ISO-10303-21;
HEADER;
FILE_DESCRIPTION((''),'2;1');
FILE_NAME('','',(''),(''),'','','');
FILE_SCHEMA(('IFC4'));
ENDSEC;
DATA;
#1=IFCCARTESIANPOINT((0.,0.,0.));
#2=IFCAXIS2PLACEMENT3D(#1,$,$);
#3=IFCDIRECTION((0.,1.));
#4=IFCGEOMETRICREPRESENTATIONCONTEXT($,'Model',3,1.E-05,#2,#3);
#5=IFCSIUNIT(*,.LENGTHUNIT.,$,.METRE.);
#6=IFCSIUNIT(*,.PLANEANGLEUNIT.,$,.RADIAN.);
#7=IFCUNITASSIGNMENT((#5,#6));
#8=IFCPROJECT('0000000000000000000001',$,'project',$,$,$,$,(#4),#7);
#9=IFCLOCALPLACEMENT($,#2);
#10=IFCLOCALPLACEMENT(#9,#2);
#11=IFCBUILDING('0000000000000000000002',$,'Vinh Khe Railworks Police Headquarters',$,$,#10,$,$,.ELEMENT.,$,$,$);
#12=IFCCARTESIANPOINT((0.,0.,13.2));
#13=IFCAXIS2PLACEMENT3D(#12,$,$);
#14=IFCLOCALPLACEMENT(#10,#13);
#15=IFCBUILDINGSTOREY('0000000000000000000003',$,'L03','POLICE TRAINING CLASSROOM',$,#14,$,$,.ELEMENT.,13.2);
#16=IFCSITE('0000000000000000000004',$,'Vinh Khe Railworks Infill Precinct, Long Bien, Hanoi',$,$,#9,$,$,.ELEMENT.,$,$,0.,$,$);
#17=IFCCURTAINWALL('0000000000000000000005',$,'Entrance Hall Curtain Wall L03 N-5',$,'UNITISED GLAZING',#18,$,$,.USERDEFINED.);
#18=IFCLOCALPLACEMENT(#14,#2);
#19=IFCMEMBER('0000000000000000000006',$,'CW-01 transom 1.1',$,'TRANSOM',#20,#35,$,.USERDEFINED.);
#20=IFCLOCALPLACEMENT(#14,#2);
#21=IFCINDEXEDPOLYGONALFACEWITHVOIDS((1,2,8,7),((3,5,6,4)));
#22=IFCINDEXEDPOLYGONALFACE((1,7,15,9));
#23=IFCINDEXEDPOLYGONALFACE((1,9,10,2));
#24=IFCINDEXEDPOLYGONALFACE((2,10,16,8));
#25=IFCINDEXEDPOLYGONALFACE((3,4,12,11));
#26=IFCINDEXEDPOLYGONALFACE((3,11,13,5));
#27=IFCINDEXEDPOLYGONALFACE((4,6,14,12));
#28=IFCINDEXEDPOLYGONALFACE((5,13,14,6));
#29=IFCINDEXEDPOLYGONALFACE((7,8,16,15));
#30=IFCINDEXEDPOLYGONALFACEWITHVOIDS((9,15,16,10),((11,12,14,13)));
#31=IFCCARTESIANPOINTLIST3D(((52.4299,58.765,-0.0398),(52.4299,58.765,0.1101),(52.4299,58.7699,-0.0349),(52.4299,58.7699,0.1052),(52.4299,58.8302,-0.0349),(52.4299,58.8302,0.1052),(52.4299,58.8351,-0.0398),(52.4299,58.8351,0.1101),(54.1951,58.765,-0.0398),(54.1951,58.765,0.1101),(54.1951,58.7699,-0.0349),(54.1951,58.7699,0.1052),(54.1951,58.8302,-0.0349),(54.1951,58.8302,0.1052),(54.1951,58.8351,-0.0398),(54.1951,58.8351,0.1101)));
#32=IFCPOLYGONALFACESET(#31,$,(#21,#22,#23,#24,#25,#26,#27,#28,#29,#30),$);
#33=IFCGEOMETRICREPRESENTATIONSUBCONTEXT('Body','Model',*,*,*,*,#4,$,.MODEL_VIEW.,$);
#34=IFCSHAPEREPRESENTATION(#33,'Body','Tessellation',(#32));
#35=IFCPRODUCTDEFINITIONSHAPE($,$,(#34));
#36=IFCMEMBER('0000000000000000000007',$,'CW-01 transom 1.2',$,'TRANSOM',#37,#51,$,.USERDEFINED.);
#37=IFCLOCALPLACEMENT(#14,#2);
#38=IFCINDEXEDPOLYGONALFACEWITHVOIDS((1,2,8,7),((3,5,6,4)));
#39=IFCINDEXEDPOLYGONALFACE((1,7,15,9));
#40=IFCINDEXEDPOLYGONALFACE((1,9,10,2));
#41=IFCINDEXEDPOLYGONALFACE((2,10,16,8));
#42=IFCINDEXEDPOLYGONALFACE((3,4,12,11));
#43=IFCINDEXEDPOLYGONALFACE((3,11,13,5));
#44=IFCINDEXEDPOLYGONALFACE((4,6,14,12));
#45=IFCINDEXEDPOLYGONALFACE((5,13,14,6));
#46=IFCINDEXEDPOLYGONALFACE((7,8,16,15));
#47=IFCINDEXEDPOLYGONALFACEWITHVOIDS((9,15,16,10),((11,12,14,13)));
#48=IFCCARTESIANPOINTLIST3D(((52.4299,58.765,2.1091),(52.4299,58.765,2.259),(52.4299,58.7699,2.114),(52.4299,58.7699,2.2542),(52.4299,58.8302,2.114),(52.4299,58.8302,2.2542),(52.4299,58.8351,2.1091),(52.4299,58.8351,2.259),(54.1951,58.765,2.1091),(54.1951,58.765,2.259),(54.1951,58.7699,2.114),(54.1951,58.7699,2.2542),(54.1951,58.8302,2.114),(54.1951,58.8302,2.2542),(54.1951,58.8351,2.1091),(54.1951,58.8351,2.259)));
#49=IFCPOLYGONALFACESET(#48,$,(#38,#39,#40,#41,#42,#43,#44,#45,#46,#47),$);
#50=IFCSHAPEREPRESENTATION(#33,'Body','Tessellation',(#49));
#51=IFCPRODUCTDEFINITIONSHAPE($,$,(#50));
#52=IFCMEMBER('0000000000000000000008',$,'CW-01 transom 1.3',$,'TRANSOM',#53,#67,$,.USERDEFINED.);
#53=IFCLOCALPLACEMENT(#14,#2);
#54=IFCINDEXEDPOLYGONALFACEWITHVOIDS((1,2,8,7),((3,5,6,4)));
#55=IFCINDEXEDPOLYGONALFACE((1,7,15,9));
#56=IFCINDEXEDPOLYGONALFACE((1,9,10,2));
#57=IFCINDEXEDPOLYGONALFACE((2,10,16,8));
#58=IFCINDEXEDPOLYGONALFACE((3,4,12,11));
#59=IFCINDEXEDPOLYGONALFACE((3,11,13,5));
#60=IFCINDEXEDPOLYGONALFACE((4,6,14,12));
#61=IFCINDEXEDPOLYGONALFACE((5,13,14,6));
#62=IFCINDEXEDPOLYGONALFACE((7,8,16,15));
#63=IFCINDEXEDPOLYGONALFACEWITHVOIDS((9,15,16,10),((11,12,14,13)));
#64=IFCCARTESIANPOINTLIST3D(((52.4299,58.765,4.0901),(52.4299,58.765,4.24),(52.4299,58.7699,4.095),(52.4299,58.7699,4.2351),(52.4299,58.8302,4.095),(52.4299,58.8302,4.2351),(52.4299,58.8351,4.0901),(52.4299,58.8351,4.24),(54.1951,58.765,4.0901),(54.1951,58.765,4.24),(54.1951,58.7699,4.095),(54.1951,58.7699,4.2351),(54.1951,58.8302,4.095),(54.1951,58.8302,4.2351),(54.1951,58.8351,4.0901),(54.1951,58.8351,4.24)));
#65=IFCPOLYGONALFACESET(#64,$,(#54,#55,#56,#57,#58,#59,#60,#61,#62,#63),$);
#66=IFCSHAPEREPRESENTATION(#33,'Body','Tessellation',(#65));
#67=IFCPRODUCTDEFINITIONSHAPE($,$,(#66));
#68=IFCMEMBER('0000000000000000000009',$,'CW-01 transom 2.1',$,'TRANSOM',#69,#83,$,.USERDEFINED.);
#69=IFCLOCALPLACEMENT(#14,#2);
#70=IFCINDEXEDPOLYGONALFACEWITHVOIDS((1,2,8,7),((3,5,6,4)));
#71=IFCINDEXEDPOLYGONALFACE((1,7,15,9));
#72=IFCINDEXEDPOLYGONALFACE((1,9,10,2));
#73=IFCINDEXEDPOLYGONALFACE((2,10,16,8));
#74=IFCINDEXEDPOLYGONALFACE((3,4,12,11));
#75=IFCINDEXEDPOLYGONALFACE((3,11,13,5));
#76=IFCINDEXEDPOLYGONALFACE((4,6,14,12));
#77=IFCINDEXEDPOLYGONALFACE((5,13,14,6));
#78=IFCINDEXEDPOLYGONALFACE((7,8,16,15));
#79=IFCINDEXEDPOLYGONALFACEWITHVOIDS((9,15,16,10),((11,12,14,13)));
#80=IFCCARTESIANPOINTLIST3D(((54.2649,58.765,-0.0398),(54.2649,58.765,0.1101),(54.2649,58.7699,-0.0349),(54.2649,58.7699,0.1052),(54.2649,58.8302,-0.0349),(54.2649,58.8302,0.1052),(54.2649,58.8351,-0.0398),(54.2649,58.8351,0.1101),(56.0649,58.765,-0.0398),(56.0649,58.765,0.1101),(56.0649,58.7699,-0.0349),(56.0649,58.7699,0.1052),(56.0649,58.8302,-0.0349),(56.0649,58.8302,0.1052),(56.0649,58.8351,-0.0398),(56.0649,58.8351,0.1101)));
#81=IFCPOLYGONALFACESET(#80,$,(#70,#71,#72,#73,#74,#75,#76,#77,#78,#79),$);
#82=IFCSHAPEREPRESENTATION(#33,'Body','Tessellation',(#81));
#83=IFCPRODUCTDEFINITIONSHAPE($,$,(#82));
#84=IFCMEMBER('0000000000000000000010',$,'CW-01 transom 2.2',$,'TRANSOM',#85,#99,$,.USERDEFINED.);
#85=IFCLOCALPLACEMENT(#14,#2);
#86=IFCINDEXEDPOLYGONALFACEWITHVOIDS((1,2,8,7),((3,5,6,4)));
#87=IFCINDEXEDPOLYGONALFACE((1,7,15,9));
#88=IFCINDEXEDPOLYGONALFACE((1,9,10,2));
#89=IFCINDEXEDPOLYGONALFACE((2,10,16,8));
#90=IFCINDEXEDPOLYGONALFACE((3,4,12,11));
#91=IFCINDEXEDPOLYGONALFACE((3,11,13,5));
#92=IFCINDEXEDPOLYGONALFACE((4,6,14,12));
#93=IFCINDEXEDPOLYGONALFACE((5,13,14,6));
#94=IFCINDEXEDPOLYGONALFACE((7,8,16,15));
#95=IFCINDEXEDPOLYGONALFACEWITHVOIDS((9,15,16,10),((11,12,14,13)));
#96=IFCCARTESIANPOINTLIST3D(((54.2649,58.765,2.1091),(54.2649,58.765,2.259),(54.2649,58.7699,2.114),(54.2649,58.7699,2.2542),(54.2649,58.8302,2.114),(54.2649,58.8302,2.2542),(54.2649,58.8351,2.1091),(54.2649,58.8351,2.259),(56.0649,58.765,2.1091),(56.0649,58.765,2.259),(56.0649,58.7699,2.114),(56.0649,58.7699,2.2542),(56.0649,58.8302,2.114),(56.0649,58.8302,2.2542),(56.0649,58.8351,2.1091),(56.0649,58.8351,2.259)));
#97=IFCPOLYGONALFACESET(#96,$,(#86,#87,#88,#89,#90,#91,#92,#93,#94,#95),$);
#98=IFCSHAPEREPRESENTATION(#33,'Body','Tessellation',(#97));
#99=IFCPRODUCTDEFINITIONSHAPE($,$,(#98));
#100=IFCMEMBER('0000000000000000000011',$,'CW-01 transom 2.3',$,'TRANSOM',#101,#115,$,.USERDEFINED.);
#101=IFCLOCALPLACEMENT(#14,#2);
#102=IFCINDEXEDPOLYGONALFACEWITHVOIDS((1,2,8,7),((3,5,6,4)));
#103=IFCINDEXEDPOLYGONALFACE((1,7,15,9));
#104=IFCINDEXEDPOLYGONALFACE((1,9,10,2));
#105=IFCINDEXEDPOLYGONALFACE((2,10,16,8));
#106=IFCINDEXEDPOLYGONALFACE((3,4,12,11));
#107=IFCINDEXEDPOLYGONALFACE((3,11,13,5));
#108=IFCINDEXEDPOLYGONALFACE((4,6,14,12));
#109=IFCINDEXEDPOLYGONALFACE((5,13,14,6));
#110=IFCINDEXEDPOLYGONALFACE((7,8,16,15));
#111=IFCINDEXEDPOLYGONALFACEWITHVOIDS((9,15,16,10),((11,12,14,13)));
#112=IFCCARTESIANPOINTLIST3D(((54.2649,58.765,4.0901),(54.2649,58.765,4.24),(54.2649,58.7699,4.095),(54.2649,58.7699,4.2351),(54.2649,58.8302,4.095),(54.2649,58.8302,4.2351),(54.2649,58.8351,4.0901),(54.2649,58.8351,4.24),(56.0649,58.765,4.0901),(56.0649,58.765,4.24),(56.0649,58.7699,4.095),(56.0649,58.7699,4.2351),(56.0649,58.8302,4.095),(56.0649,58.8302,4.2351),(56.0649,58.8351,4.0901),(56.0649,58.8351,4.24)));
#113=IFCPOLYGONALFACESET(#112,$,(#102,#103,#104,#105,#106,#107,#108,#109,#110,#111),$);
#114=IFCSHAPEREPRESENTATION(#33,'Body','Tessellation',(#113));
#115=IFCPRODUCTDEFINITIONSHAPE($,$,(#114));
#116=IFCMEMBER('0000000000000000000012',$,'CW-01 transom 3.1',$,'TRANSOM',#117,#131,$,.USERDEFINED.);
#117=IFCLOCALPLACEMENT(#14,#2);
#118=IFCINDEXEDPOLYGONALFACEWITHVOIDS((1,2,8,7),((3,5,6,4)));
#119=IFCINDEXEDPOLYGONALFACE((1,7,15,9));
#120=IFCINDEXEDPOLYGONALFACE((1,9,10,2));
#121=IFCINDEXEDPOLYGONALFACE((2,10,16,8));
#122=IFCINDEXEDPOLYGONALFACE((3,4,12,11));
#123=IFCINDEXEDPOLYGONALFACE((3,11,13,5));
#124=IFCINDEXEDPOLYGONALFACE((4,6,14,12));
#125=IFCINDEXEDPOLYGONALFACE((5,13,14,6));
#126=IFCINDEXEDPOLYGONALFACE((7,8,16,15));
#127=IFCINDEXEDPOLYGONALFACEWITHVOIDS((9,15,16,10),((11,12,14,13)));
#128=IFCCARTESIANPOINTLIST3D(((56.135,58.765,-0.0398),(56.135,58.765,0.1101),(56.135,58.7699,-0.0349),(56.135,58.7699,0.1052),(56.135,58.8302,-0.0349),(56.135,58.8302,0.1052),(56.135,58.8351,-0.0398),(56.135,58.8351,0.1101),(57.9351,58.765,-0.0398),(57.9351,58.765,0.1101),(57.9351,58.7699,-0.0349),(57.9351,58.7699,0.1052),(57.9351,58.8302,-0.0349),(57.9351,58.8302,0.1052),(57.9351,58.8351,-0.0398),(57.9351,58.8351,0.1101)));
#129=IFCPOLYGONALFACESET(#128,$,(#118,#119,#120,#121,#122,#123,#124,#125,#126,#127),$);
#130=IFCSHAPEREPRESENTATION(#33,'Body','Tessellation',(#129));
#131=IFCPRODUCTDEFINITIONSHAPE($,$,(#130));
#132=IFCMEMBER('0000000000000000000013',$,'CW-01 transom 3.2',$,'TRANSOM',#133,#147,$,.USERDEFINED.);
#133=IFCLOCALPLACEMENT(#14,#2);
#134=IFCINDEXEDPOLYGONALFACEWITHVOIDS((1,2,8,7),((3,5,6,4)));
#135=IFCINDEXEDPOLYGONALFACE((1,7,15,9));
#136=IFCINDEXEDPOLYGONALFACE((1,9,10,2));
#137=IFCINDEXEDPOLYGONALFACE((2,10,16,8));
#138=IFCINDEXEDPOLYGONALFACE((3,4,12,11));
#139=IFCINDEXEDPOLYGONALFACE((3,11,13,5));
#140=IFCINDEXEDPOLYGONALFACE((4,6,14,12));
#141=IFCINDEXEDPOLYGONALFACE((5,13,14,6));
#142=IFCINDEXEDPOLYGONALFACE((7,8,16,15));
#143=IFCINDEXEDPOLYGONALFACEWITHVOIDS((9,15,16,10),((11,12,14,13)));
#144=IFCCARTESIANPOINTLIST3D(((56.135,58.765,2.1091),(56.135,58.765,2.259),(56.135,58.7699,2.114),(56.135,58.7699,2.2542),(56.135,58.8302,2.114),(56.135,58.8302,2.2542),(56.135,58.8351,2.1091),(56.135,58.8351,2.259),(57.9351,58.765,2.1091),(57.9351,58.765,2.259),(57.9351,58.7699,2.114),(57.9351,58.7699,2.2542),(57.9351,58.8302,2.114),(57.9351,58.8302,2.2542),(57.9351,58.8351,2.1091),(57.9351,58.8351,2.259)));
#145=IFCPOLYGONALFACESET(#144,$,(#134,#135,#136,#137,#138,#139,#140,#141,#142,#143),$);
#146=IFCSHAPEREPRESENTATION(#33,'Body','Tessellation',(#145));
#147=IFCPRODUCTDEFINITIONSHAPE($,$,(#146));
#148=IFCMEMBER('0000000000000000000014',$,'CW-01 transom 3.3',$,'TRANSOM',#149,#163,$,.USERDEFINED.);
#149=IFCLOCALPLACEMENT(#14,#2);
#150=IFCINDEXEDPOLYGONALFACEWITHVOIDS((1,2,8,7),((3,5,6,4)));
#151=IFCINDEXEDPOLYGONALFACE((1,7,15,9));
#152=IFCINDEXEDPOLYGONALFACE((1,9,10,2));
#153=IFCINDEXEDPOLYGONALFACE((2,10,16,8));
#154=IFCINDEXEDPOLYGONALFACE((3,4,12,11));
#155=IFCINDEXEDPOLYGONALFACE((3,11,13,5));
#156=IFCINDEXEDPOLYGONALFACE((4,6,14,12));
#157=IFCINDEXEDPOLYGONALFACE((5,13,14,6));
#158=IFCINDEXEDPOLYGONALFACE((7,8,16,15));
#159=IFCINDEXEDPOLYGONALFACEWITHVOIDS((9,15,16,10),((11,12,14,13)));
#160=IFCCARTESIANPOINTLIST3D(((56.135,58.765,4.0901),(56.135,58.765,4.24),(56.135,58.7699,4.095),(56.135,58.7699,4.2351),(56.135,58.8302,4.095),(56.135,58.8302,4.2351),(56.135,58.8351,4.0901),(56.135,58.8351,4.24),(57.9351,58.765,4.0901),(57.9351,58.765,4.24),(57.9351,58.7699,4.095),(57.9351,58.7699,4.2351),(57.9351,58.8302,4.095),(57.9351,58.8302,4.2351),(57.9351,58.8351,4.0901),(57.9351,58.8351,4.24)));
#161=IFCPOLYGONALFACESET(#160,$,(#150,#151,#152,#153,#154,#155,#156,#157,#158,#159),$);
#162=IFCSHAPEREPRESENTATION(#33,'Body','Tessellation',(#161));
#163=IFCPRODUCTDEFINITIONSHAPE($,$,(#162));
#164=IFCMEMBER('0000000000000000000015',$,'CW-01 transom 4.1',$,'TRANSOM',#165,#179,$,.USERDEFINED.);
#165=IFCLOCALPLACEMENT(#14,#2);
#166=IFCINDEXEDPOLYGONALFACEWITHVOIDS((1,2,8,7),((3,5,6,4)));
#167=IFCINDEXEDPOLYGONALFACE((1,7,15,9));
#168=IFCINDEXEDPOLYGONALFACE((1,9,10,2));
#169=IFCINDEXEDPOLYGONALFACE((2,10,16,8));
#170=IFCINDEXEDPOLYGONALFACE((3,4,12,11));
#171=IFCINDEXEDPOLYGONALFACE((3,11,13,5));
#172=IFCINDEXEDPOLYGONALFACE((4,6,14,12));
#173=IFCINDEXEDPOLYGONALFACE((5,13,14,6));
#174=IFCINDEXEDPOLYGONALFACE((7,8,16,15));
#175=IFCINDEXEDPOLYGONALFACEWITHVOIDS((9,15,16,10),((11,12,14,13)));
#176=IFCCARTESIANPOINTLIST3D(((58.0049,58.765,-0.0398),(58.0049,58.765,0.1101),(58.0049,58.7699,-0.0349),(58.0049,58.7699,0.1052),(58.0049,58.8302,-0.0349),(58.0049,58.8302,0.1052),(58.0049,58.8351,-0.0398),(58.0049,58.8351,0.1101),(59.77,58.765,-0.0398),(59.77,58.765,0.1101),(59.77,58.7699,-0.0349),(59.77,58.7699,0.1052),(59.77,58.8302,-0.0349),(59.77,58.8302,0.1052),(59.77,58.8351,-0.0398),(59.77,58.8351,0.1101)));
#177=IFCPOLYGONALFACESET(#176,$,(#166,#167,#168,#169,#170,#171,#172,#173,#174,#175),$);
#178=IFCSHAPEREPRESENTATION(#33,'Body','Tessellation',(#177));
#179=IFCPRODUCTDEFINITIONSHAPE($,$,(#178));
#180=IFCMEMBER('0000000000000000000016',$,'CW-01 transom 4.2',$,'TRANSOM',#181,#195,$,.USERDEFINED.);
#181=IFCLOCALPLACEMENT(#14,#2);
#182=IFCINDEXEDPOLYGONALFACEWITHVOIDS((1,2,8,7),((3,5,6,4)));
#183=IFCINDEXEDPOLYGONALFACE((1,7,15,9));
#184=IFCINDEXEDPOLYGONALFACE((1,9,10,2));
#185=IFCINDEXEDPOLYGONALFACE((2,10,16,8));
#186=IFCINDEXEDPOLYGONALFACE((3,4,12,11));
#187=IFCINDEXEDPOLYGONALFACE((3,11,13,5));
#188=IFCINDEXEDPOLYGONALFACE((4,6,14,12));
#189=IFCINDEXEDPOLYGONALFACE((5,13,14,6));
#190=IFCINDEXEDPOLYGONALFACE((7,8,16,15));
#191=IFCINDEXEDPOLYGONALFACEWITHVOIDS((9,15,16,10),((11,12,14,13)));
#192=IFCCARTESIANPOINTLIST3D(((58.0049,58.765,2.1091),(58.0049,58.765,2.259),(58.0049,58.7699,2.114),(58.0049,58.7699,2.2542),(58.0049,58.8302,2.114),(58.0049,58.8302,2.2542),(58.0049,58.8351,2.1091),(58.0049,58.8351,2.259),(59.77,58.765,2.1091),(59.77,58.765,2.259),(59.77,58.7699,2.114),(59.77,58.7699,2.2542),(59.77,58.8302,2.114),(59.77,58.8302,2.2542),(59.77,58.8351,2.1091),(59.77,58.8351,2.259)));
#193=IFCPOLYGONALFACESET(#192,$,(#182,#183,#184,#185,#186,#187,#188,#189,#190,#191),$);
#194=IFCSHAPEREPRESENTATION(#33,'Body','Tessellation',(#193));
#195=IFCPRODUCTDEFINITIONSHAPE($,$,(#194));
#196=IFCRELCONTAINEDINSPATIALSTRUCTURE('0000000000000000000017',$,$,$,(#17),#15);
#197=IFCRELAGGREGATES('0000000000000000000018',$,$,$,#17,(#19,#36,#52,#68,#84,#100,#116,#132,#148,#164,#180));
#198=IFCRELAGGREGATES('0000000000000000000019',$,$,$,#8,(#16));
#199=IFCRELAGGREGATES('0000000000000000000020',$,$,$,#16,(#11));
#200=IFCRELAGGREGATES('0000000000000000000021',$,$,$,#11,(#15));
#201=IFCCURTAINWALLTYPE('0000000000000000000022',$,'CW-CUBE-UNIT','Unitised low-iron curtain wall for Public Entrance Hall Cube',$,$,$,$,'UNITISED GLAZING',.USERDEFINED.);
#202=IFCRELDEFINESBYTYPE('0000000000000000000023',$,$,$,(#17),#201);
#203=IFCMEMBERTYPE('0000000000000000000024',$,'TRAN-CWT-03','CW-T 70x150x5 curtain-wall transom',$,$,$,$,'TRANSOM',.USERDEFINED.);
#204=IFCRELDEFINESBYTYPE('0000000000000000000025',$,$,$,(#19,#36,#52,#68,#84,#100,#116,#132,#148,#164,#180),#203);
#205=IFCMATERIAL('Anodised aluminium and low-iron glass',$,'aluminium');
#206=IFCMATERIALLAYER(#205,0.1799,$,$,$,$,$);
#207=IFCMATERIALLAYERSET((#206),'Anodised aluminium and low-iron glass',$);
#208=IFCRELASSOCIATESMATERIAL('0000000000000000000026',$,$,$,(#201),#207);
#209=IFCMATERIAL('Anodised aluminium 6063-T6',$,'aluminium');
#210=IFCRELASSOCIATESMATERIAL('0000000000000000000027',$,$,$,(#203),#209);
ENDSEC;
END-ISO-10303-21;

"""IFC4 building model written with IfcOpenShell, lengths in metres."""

from ifc_helpers import new_model, si_unit, direction, frame, origin, origin_2d, place, context, subcontext, project, spatial, hollow_rectangle, extrude, material, layer, layer_set, material_profile, profile_set, type_object, element, aggregate, save


model = new_model("IFC4")

# Units and contexts
model_context = context("Model", 3, precision=1e-05, world=origin(), true_north=direction((0.0, 1.0)))
body_context = subcontext(model_context, "Body", "Model", "MODEL_VIEW")
ifc_project = project(units=[si_unit("LENGTHUNIT", "METRE"), si_unit("PLANEANGLEUNIT", "RADIAN")], contexts=[model_context])

# Site, building, storey
site_placement = place(None, origin())
site = spatial("IfcSite", under=ifc_project, at=site_placement, Name="Vinh Khe Railworks Infill Precinct, Long Bien, Hanoi", CompositionType="ELEMENT", RefElevation=0.0)
building_placement = place(site_placement, origin())
building = spatial("IfcBuilding", under=site, at=building_placement, Name="Vinh Khe Railworks Police Headquarters", CompositionType="ELEMENT")
storey_placement = place(building_placement, frame((0.0, 0.0, 13.2)))
storey = spatial("IfcBuildingStorey", under=building, at=storey_placement, Name="L03", Description="POLICE TRAINING CLASSROOM", CompositionType="ELEMENT", Elevation=13.2)

# Curtain wall
ifc_material_1 = material(Name="Anodised aluminium and low-iron glass", Category="aluminium")
ifc_layer_1 = layer(ifc_material_1, 0.1799)
ifc_layer_set_1 = layer_set([ifc_layer_1], Name="Anodised aluminium and low-iron glass")
curtain_wall_type = type_object("IfcCurtainWallType", Name="CW-CUBE-UNIT", Description="Unitised low-iron curtain wall for Public Entrance Hall Cube", ElementType="UNITISED GLAZING", PredefinedType="USERDEFINED", material=ifc_layer_set_1)
curtain_wall_placement = place(storey_placement, origin())
curtain_wall = element("IfcCurtainWall", 1, at=curtain_wall_placement, inside=storey, type_object=curtain_wall_type, Name="Entrance Hall Curtain Wall L03 N-5", ObjectType="UNITISED GLAZING", PredefinedType="USERDEFINED")
ifc_material_2 = material(Name="Anodised aluminium 6063-T6", Category="aluminium")

# Members
ifc_material_profile_1 = material_profile(ifc_material_2, hollow_rectangle(XDim=0.0701, YDim=0.1499, WallThickness=0.0049, at=origin_2d()), Name="CW-T 70x150x5")
ifc_profile_set_1 = profile_set([ifc_material_profile_1], Name="Anodised aluminium 6063-T6")
member_type_1 = type_object("IfcMemberType", Name="TRAN-CWT-03", Description="CW-T 70x150x5 curtain-wall transom", ElementType="TRANSOM", PredefinedType="USERDEFINED", material=ifc_profile_set_1)
member_1_placement = place(storey_placement, frame((52.4299, 58.8, 0.0352), z_axis=(1.0, 0.0, 0.0), x_axis=(0.0, 1.0, 0.0)))
member_1 = element("IfcMember", 2, at=member_1_placement, type_object=member_type_1, Name="CW-01 transom 1.1", ObjectType="TRANSOM", PredefinedType="USERDEFINED", context=body_context, shape_type="SweptSolid", body=[
    extrude(hollow_rectangle(XDim=0.0701, YDim=0.1499, WallThickness=0.0049, at=origin_2d()), origin(), (0.0, 0.0, 1.0), 1.7651),
])
member_2_placement = place(storey_placement, frame((52.4299, 58.8, 2.1841), z_axis=(1.0, 0.0, 0.0), x_axis=(0.0, 1.0, 0.0)))
member_2 = element("IfcMember", 3, at=member_2_placement, type_object=member_type_1, Name="CW-01 transom 1.2", ObjectType="TRANSOM", PredefinedType="USERDEFINED", context=body_context, shape_type="SweptSolid", body=[
    extrude(hollow_rectangle(XDim=0.0701, YDim=0.1499, WallThickness=0.0049, at=origin_2d()), origin(), (0.0, 0.0, 1.0), 1.7651),
])
member_3_placement = place(storey_placement, frame((52.4299, 58.8, 4.165), z_axis=(1.0, 0.0, 0.0), x_axis=(0.0, 1.0, 0.0)))
member_3 = element("IfcMember", 4, at=member_3_placement, type_object=member_type_1, Name="CW-01 transom 1.3", ObjectType="TRANSOM", PredefinedType="USERDEFINED", context=body_context, shape_type="SweptSolid", body=[
    extrude(hollow_rectangle(XDim=0.0701, YDim=0.1499, WallThickness=0.0049, at=origin_2d()), origin(), (0.0, 0.0, 1.0), 1.7651),
])
member_4_placement = place(storey_placement, frame((54.2649, 58.8, 0.0352), z_axis=(1.0, 0.0, 0.0), x_axis=(0.0, 1.0, 0.0)))
member_4 = element("IfcMember", 5, at=member_4_placement, type_object=member_type_1, Name="CW-01 transom 2.1", ObjectType="TRANSOM", PredefinedType="USERDEFINED", context=body_context, shape_type="SweptSolid", body=[
    extrude(hollow_rectangle(XDim=0.0701, YDim=0.1499, WallThickness=0.0049, at=origin_2d()), origin(), (0.0, 0.0, 1.0), 1.8),
])
member_5_placement = place(storey_placement, frame((54.2649, 58.8, 2.1841), z_axis=(1.0, 0.0, 0.0), x_axis=(0.0, 1.0, 0.0)))
member_5 = element("IfcMember", 6, at=member_5_placement, type_object=member_type_1, Name="CW-01 transom 2.2", ObjectType="TRANSOM", PredefinedType="USERDEFINED", context=body_context, shape_type="SweptSolid", body=[
    extrude(hollow_rectangle(XDim=0.0701, YDim=0.1499, WallThickness=0.0049, at=origin_2d()), origin(), (0.0, 0.0, 1.0), 1.8),
])
member_6_placement = place(storey_placement, frame((54.2649, 58.8, 4.165), z_axis=(1.0, 0.0, 0.0), x_axis=(0.0, 1.0, 0.0)))
member_6 = element("IfcMember", 7, at=member_6_placement, type_object=member_type_1, Name="CW-01 transom 2.3", ObjectType="TRANSOM", PredefinedType="USERDEFINED", context=body_context, shape_type="SweptSolid", body=[
    extrude(hollow_rectangle(XDim=0.0701, YDim=0.1499, WallThickness=0.0049, at=origin_2d()), origin(), (0.0, 0.0, 1.0), 1.8),
])
member_7_placement = place(storey_placement, frame((56.135, 58.8, 0.0352), z_axis=(1.0, 0.0, 0.0), x_axis=(0.0, 1.0, 0.0)))
member_7 = element("IfcMember", 8, at=member_7_placement, type_object=member_type_1, Name="CW-01 transom 3.1", ObjectType="TRANSOM", PredefinedType="USERDEFINED", context=body_context, shape_type="SweptSolid", body=[
    extrude(hollow_rectangle(XDim=0.0701, YDim=0.1499, WallThickness=0.0049, at=origin_2d()), origin(), (0.0, 0.0, 1.0), 1.8),
])
member_8_placement = place(storey_placement, frame((56.135, 58.8, 2.1841), z_axis=(1.0, 0.0, 0.0), x_axis=(0.0, 1.0, 0.0)))
member_8 = element("IfcMember", 9, at=member_8_placement, type_object=member_type_1, Name="CW-01 transom 3.2", ObjectType="TRANSOM", PredefinedType="USERDEFINED", context=body_context, shape_type="SweptSolid", body=[
    extrude(hollow_rectangle(XDim=0.0701, YDim=0.1499, WallThickness=0.0049, at=origin_2d()), origin(), (0.0, 0.0, 1.0), 1.8),
])
member_9_placement = place(storey_placement, frame((56.135, 58.8, 4.165), z_axis=(1.0, 0.0, 0.0), x_axis=(0.0, 1.0, 0.0)))
member_9 = element("IfcMember", 10, at=member_9_placement, type_object=member_type_1, Name="CW-01 transom 3.3", ObjectType="TRANSOM", PredefinedType="USERDEFINED", context=body_context, shape_type="SweptSolid", body=[
    extrude(hollow_rectangle(XDim=0.0701, YDim=0.1499, WallThickness=0.0049, at=origin_2d()), origin(), (0.0, 0.0, 1.0), 1.8),
])
member_10_placement = place(storey_placement, frame((58.0049, 58.8, 0.0352), z_axis=(1.0, 0.0, 0.0), x_axis=(0.0, 1.0, 0.0)))
member_10 = element("IfcMember", 11, at=member_10_placement, type_object=member_type_1, Name="CW-01 transom 4.1", ObjectType="TRANSOM", PredefinedType="USERDEFINED", context=body_context, shape_type="SweptSolid", body=[
    extrude(hollow_rectangle(XDim=0.0701, YDim=0.1499, WallThickness=0.0049, at=origin_2d()), origin(), (0.0, 0.0, 1.0), 1.7651),
])
member_11_placement = place(storey_placement, frame((58.0049, 58.8, 2.1841), z_axis=(1.0, 0.0, 0.0), x_axis=(0.0, 1.0, 0.0)))
member_11 = element("IfcMember", 12, at=member_11_placement, type_object=member_type_1, Name="CW-01 transom 4.2", ObjectType="TRANSOM", PredefinedType="USERDEFINED", context=body_context, shape_type="SweptSolid", body=[
    extrude(hollow_rectangle(XDim=0.0701, YDim=0.1499, WallThickness=0.0049, at=origin_2d()), origin(), (0.0, 0.0, 1.0), 1.7651),
])

aggregate(curtain_wall, [member_1, member_2, member_3, member_4, member_5, member_6, member_7, member_8, member_9, member_10, member_11])

save(model, "model.ifc")
